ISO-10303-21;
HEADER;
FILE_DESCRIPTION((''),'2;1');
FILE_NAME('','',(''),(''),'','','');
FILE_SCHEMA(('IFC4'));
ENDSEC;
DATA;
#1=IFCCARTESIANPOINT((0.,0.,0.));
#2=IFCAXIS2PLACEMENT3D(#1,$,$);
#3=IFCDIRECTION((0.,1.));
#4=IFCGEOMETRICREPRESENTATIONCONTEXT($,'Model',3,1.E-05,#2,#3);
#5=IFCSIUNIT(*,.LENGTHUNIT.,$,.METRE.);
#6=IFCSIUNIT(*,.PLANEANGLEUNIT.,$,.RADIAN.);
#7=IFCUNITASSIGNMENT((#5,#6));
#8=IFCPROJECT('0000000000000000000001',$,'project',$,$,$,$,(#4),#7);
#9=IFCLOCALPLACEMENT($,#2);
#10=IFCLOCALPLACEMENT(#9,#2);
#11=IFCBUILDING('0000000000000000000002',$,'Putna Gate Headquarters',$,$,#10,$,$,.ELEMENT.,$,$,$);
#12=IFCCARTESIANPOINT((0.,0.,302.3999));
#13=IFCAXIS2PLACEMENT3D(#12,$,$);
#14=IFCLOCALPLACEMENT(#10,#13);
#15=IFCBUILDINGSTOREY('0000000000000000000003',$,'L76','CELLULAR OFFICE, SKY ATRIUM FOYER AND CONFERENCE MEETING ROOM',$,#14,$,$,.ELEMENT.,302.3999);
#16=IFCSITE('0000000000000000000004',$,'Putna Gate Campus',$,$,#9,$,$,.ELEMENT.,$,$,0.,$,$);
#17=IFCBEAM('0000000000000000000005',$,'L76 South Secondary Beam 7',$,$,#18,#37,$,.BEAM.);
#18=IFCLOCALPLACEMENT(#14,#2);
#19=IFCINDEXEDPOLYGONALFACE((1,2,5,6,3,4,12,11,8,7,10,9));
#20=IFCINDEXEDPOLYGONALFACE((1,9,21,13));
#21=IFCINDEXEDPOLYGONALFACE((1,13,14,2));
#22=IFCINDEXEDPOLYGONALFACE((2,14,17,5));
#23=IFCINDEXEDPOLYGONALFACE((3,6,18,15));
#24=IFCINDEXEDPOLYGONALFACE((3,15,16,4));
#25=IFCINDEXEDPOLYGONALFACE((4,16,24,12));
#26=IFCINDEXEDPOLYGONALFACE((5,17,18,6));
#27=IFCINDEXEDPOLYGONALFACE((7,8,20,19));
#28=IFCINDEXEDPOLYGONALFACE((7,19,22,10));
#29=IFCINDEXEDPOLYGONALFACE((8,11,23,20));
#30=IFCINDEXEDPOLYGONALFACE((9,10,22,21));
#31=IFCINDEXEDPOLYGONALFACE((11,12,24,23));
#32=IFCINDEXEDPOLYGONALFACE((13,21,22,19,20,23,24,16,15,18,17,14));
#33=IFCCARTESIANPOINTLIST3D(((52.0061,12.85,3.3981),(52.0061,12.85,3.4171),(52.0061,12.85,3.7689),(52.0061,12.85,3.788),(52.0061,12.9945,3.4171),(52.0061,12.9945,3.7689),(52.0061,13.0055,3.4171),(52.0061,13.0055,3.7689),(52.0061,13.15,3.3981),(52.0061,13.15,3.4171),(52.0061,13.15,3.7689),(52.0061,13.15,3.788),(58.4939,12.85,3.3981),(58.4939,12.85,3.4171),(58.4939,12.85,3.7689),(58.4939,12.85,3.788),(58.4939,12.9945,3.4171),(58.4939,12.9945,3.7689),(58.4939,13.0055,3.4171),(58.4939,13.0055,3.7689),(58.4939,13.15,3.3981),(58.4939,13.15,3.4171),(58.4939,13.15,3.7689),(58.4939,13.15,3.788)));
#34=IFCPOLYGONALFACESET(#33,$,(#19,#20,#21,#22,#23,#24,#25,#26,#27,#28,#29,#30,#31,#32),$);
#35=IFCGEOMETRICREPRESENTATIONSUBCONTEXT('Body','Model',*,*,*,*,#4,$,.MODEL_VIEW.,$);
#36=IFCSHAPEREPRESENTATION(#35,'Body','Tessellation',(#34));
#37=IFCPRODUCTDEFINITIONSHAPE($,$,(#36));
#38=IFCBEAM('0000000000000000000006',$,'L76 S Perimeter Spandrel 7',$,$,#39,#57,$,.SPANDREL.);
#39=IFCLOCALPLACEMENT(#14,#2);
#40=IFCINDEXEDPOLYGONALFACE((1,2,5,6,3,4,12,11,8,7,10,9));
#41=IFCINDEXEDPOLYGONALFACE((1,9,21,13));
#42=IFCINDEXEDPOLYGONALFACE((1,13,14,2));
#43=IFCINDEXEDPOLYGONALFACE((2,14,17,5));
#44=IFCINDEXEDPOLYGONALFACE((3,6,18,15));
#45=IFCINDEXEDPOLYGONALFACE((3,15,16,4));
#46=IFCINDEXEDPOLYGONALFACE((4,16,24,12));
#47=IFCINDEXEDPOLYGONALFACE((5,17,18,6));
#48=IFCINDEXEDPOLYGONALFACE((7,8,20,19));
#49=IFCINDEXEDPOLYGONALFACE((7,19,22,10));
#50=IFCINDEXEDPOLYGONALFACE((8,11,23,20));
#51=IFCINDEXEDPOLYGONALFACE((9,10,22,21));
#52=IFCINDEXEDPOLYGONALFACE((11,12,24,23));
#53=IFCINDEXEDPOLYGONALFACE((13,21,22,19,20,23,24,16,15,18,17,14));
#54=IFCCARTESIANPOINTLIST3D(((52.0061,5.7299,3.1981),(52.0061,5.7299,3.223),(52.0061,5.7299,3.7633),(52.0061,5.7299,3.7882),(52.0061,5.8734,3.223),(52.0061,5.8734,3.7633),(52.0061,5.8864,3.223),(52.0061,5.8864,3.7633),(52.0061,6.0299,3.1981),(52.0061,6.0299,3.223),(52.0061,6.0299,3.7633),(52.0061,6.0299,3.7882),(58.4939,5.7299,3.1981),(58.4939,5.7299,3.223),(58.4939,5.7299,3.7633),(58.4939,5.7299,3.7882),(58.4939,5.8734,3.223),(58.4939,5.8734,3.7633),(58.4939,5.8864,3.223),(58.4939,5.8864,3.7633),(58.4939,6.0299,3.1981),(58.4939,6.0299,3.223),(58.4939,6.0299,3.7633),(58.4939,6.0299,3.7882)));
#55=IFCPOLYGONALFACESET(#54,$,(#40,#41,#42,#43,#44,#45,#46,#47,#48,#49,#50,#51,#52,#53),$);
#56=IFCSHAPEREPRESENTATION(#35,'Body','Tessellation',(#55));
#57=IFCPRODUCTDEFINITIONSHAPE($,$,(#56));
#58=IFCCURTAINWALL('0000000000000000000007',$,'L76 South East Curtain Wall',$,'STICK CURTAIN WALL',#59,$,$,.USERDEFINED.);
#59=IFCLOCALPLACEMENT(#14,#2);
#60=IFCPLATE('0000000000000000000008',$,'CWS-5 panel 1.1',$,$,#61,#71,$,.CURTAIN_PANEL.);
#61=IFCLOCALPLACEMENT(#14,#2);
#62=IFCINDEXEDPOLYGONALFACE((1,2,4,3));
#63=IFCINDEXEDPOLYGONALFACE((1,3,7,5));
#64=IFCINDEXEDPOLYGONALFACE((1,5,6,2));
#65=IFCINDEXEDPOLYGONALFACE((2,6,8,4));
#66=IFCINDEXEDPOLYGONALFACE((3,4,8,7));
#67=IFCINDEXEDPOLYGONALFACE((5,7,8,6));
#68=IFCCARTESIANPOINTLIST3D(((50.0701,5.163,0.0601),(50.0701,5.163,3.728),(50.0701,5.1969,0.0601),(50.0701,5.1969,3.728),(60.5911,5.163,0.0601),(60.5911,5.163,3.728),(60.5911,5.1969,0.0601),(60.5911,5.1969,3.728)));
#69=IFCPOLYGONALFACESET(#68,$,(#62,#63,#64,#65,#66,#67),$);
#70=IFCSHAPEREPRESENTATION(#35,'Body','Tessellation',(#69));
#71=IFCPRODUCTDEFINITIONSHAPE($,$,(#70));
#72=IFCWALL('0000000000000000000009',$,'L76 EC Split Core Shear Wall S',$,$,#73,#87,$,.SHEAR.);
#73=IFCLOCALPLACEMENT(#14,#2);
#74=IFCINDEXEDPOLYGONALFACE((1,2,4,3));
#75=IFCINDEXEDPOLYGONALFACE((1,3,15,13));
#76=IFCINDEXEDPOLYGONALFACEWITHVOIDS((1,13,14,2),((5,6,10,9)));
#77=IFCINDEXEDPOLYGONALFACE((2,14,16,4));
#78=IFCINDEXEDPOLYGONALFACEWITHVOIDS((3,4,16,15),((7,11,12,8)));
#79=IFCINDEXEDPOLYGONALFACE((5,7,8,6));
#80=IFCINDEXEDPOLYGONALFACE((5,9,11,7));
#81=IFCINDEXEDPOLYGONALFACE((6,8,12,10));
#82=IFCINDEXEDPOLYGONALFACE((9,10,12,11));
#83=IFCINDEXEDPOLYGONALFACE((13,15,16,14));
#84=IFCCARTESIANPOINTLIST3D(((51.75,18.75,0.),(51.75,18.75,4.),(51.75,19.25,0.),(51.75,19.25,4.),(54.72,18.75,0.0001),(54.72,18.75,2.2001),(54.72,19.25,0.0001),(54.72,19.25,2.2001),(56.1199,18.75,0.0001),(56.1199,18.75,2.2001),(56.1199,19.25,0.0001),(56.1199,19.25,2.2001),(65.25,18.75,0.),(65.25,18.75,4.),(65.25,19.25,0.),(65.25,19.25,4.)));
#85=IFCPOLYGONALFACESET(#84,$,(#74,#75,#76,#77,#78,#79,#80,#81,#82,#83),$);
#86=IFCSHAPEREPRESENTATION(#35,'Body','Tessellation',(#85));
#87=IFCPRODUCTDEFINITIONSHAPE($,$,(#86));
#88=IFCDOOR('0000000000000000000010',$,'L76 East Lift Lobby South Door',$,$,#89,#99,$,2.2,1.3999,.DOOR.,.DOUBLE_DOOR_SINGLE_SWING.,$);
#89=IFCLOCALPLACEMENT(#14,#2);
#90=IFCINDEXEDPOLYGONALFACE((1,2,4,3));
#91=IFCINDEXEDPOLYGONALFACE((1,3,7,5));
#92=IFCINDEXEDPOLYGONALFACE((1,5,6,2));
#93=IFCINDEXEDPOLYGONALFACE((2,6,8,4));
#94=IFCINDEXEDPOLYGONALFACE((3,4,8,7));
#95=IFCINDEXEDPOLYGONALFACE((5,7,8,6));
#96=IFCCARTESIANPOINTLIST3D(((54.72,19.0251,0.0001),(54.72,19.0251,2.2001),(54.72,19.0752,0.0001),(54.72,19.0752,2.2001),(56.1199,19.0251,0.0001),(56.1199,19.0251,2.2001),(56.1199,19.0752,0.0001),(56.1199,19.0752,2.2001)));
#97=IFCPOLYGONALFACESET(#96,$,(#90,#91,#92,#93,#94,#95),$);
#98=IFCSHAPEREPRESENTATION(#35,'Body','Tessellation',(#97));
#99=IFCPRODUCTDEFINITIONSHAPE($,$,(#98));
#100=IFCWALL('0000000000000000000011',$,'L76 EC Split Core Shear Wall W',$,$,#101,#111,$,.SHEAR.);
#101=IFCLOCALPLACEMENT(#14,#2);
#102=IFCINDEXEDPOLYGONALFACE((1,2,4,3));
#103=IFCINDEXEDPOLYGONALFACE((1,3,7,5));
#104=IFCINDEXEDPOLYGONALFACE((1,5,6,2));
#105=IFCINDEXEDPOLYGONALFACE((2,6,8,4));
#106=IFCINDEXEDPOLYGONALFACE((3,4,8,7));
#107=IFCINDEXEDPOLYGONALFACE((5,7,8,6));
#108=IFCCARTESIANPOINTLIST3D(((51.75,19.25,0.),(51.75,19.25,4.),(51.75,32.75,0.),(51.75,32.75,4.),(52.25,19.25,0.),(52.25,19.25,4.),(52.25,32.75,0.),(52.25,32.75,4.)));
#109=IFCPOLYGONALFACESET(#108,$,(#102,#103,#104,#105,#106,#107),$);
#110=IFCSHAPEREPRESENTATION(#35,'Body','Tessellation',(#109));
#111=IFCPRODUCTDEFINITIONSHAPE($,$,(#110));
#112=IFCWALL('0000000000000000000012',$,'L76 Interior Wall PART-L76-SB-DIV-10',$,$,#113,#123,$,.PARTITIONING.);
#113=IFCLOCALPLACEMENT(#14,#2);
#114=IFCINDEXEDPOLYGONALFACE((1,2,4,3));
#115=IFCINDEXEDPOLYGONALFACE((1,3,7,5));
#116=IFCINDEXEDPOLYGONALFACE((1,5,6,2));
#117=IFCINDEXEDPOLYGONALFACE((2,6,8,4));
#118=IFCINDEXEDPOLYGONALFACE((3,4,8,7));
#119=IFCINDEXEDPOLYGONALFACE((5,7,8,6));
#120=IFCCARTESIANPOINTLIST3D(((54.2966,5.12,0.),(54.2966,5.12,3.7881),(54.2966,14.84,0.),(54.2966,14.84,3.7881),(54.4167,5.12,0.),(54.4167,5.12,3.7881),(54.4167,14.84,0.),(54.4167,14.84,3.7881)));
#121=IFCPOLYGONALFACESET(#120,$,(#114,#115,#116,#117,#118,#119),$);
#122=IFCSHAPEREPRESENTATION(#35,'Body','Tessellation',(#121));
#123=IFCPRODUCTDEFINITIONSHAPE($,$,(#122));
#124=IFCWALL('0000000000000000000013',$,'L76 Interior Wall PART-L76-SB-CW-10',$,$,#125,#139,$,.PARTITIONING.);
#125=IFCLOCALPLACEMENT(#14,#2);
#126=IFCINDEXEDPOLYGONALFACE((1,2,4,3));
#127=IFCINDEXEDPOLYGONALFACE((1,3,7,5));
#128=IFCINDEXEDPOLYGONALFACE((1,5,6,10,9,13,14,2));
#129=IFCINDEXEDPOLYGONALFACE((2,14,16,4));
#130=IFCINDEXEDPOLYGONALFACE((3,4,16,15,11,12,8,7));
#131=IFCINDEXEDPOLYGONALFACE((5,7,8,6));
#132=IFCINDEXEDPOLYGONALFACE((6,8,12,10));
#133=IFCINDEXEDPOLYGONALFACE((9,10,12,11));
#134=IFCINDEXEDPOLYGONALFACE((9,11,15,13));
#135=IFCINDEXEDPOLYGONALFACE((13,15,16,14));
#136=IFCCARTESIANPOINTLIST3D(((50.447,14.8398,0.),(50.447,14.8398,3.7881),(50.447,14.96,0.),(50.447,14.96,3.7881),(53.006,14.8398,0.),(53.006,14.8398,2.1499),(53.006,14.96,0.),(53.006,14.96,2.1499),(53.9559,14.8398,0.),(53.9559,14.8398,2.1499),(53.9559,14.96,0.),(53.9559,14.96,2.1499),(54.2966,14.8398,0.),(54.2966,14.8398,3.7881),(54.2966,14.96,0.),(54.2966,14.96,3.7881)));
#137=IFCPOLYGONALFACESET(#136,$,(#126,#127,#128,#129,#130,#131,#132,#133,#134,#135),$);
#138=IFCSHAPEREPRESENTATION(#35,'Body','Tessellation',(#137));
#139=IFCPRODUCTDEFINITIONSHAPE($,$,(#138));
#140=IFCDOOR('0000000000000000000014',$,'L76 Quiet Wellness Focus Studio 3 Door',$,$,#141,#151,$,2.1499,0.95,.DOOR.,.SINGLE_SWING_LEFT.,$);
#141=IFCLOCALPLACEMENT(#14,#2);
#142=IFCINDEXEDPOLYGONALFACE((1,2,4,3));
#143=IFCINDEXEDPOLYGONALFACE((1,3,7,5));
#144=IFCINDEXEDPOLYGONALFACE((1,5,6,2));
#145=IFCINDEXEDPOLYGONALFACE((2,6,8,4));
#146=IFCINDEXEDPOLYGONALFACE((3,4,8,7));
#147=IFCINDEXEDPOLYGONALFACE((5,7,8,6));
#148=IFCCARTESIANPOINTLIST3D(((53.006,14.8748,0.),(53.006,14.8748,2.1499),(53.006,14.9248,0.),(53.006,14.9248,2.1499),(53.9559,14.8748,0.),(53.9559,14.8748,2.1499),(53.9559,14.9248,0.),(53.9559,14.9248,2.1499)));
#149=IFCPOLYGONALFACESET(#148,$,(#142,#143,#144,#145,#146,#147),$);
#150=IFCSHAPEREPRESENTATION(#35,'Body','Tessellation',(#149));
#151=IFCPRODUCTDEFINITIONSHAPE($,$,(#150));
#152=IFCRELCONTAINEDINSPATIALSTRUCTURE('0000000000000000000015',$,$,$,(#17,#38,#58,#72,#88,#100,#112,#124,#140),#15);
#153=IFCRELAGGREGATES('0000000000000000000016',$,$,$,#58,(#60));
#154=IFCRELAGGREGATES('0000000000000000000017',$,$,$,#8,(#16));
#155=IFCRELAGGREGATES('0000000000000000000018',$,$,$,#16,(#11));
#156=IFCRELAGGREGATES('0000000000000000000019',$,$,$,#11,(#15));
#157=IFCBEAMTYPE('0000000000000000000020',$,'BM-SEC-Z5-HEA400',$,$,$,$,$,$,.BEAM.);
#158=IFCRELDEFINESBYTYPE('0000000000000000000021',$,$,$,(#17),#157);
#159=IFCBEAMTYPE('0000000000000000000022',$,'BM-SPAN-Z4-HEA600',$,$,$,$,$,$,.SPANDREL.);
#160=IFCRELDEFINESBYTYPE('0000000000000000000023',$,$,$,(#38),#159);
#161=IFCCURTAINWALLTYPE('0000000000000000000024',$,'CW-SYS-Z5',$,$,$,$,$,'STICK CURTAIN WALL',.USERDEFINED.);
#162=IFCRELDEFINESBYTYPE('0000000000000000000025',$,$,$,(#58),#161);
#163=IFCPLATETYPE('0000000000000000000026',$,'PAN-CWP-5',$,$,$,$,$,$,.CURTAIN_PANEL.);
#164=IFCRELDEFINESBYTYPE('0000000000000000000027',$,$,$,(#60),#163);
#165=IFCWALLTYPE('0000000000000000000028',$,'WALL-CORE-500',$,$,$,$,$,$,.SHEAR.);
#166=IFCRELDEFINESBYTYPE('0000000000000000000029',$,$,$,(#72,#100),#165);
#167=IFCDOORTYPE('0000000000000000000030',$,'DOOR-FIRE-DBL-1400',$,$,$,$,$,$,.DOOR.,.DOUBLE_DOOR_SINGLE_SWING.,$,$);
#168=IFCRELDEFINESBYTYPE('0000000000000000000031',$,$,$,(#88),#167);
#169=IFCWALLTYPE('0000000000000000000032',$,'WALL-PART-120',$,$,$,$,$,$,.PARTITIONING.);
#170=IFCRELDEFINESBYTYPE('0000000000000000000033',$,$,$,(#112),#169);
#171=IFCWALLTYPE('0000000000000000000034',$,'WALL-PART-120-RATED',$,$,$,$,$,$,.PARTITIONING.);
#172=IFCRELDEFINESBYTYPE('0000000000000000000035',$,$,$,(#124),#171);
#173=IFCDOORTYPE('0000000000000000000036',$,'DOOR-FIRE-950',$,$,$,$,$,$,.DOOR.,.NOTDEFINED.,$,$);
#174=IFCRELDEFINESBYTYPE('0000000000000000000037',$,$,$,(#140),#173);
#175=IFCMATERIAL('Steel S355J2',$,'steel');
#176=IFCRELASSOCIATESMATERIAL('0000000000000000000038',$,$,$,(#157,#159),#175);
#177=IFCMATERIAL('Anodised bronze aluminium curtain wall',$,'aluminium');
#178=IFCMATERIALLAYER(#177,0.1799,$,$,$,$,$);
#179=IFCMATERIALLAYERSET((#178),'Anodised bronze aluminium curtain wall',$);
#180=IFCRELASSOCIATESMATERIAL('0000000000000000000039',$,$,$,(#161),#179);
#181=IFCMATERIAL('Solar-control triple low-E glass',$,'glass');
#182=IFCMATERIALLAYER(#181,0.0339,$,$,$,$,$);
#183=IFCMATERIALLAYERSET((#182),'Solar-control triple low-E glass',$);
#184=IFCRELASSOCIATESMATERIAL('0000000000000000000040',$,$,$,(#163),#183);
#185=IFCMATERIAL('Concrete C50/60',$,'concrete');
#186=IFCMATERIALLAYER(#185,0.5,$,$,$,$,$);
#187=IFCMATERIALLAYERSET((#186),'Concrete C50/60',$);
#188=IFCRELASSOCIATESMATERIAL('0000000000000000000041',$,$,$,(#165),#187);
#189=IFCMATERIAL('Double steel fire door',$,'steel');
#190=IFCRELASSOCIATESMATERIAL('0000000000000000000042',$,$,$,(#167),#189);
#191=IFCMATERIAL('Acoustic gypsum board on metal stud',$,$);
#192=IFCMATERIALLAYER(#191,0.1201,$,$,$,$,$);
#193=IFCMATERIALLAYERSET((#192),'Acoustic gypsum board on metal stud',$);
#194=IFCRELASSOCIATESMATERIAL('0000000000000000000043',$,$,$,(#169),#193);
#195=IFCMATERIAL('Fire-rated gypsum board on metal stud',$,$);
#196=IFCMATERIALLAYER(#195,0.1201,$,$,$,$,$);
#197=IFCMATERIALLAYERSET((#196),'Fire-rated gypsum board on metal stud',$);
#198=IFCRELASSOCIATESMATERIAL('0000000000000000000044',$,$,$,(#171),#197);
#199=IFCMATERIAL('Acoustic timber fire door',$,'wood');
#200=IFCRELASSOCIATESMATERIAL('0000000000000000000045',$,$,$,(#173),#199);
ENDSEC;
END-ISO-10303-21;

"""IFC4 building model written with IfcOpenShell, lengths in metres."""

from ifc_helpers import new_model, si_unit, direction, frame, frame_2d, origin, origin_2d, place, context, subcontext, project, spatial, rectangle, i_section, extrude, material, layer, layer_set, material_profile, profile_set, type_object, element, fill, aggregate, save


model = new_model("IFC4")

# Units and contexts
model_context = context("Model", 3, precision=1e-05, world=origin(), true_north=direction((0.0, 1.0)))
body_context = subcontext(model_context, "Body", "Model", "MODEL_VIEW")
ifc_project = project(units=[si_unit("LENGTHUNIT", "METRE"), si_unit("PLANEANGLEUNIT", "RADIAN")], contexts=[model_context])

# Site, building, storey
site_placement = place(None, origin())
site = spatial("IfcSite", under=ifc_project, at=site_placement, Name="Putna Gate Campus", CompositionType="ELEMENT", RefElevation=0.0)
building_placement = place(site_placement, origin())
building = spatial("IfcBuilding", under=site, at=building_placement, Name="Putna Gate Headquarters", CompositionType="ELEMENT")
storey_placement = place(building_placement, frame((0.0, 0.0, 302.3999)))
storey = spatial("IfcBuildingStorey", under=building, at=storey_placement, Name="L76", Description="CELLULAR OFFICE, SKY ATRIUM FOYER AND CONFERENCE MEETING ROOM", CompositionType="ELEMENT", Elevation=302.3999)

# Beams
ifc_material_1 = material(Name="Steel S355J2", Category="steel")
ifc_material_profile_1 = material_profile(ifc_material_1, i_section(OverallWidth=0.3, OverallDepth=0.3899, WebThickness=0.011, FlangeThickness=0.019, at=origin_2d()), Name="Steel S355J2")
ifc_profile_set_1 = profile_set([ifc_material_profile_1], Name="Steel S355J2")
beam_type_1 = type_object("IfcBeamType", Name="BM-SEC-Z5-HEA400", PredefinedType="BEAM", material=ifc_profile_set_1)
beam_1_placement = place(storey_placement, frame((52.0061, 13.0, 3.593), z_axis=(1.0, 0.0, 0.0), x_axis=(0.0, 1.0, 0.0)))
element("IfcBeam", 1, at=beam_1_placement, inside=storey, type_object=beam_type_1, Name="L76 South Secondary Beam 7", PredefinedType="BEAM", context=body_context, shape_type="SweptSolid", body=[
    extrude(i_section(OverallWidth=0.3, OverallDepth=0.3899, WebThickness=0.011, FlangeThickness=0.019, at=origin_2d()), origin(), (0.0, 0.0, 1.0), 6.4878),
])
ifc_material_profile_2 = material_profile(ifc_material_1, i_section(OverallWidth=0.3, OverallDepth=0.5901, WebThickness=0.0129, FlangeThickness=0.0249, at=origin_2d()), Name="Steel S355J2")
ifc_profile_set_2 = profile_set([ifc_material_profile_2], Name="Steel S355J2")
beam_type_2 = type_object("IfcBeamType", Name="BM-SPAN-Z4-HEA600", PredefinedType="SPANDREL", material=ifc_profile_set_2)
beam_2_placement = place(storey_placement, frame((52.0061, 5.8799, 3.4932), z_axis=(1.0, 0.0, 0.0), x_axis=(0.0, 1.0, 0.0)))
element("IfcBeam", 2, at=beam_2_placement, inside=storey, type_object=beam_type_2, Name="L76 S Perimeter Spandrel 7", PredefinedType="SPANDREL", context=body_context, shape_type="SweptSolid", body=[
    extrude(i_section(OverallWidth=0.3, OverallDepth=0.5901, WebThickness=0.0129, FlangeThickness=0.0249, at=origin_2d()), origin(), (0.0, 0.0, 1.0), 6.4878),
])

# Curtain wall, plate
ifc_material_2 = material(Name="Anodised bronze aluminium curtain wall", Category="aluminium")
ifc_layer_1 = layer(ifc_material_2, 0.1799)
ifc_layer_set_1 = layer_set([ifc_layer_1], Name="Anodised bronze aluminium curtain wall")
curtain_wall_type = type_object("IfcCurtainWallType", Name="CW-SYS-Z5", ElementType="STICK CURTAIN WALL", PredefinedType="USERDEFINED", material=ifc_layer_set_1)
curtain_wall_placement = place(storey_placement, origin())
curtain_wall = element("IfcCurtainWall", 3, at=curtain_wall_placement, inside=storey, type_object=curtain_wall_type, Name="L76 South East Curtain Wall", ObjectType="STICK CURTAIN WALL", PredefinedType="USERDEFINED")
ifc_material_3 = material(Name="Solar-control triple low-E glass", Category="glass")
ifc_layer_2 = layer(ifc_material_3, 0.0339)
ifc_layer_set_2 = layer_set([ifc_layer_2], Name="Solar-control triple low-E glass")
plate_type = type_object("IfcPlateType", Name="PAN-CWP-5", PredefinedType="CURTAIN_PANEL", material=ifc_layer_set_2)
plate_placement = place(storey_placement, frame((55.3306, 5.1799, 0.0601), z_axis=(0.0, 0.0, 1.0), x_axis=(1.0, 0.0, 0.0)))
plate = element("IfcPlate", 4, at=plate_placement, type_object=plate_type, Name="CWS-5 panel 1.1", PredefinedType="CURTAIN_PANEL", context=body_context, shape_type="SweptSolid", body=[
    extrude(rectangle(XDim=10.521, YDim=0.0339, at=origin_2d()), origin(), (0.0, 0.0, 1.0), 3.668),
])
aggregate(curtain_wall, [plate])

# Wall, opening, door
ifc_material_4 = material(Name="Concrete C50/60", Category="concrete")
ifc_layer_3 = layer(ifc_material_4, 0.5)
ifc_layer_set_3 = layer_set([ifc_layer_3], Name="Concrete C50/60")
wall_type_1 = type_object("IfcWallType", Name="WALL-CORE-500", PredefinedType="SHEAR", material=ifc_layer_set_3)
wall_1_placement = place(storey_placement, frame((51.75, 19.0, 0.0), z_axis=(0.0, 0.0, 1.0), x_axis=(1.0, 0.0, 0.0)))
wall_1 = element("IfcWall", 5, at=wall_1_placement, inside=storey, type_object=wall_type_1, Name="L76 EC Split Core Shear Wall S", PredefinedType="SHEAR", context=body_context, shape_type="SweptSolid", body=[
    extrude(rectangle(XDim=13.5, YDim=0.5, at=frame_2d((6.75, 0.0))), origin(), (0.0, 0.0, 1.0), 4.0),
])
opening_1_placement = place(wall_1_placement, frame((2.97, 0.0, 0.0)))
opening_1 = element("IfcOpeningElement", 6, at=opening_1_placement, cuts=wall_1, PredefinedType="OPENING", context=body_context, shape_type="SweptSolid", body=[
    extrude(rectangle(XDim=1.3999, YDim=2.2, at=frame_2d((0.7, 1.1001))), frame((0.0, 0.26, 0.0), z_axis=(0.0, -1.0, 0.0), x_axis=(1.0, 0.0, 0.0)), (0.0, 0.0, 1.0), 0.52),
])
ifc_material_5 = material(Name="Double steel fire door", Category="steel")
door_type_1 = type_object("IfcDoorType", Name="DOOR-FIRE-DBL-1400", OperationType="DOUBLE_DOOR_SINGLE_SWING", PredefinedType="DOOR", material=ifc_material_5)
door_1_placement = place(opening_1_placement, origin())
door_1 = element("IfcDoor", 7, at=door_1_placement, inside=storey, type_object=door_type_1, Name="L76 East Lift Lobby South Door", OperationType="DOUBLE_DOOR_SINGLE_SWING", OverallHeight=2.2, OverallWidth=1.3999, PredefinedType="DOOR", context=body_context, shape_type="SweptSolid", body=[
    extrude(rectangle(XDim=1.3999, YDim=2.2, at=frame_2d((0.7, 1.1001))), frame((0.0, 0.0752, 0.0), z_axis=(0.0, -1.0, 0.0), x_axis=(1.0, 0.0, 0.0)), (0.0, 0.0, 1.0), 0.05),
])
fill(opening_1, door_1)

# Walls
wall_2_placement = place(storey_placement, frame((52.0, 19.25, 0.0), z_axis=(0.0, 0.0, 1.0), x_axis=(0.0, 1.0, 0.0)))
element("IfcWall", 8, at=wall_2_placement, inside=storey, type_object=wall_type_1, Name="L76 EC Split Core Shear Wall W", PredefinedType="SHEAR", context=body_context, shape_type="SweptSolid", body=[
    extrude(rectangle(XDim=13.5, YDim=0.5, at=frame_2d((6.75, 0.0))), origin(), (0.0, 0.0, 1.0), 4.0),
])
ifc_material_6 = material(Name="Acoustic gypsum board on metal stud")
ifc_layer_4 = layer(ifc_material_6, 0.1201)
ifc_layer_set_4 = layer_set([ifc_layer_4], Name="Acoustic gypsum board on metal stud")
wall_type_2 = type_object("IfcWallType", Name="WALL-PART-120", PredefinedType="PARTITIONING", material=ifc_layer_set_4)
wall_3_placement = place(storey_placement, frame((54.3567, 5.1201, 0.0), z_axis=(0.0, 0.0, 1.0), x_axis=(0.0, 1.0, 0.0)))
element("IfcWall", 9, at=wall_3_placement, inside=storey, type_object=wall_type_2, Name="L76 Interior Wall PART-L76-SB-DIV-10", PredefinedType="PARTITIONING", context=body_context, shape_type="SweptSolid", body=[
    extrude(rectangle(XDim=9.72, YDim=0.1201, at=frame_2d((4.8599, 0.0))), origin(), (0.0, 0.0, 1.0), 3.7881),
])

# Wall, opening, door
ifc_material_7 = material(Name="Fire-rated gypsum board on metal stud")
ifc_layer_5 = layer(ifc_material_7, 0.1201)
ifc_layer_set_5 = layer_set([ifc_layer_5], Name="Fire-rated gypsum board on metal stud")
wall_type_3 = type_object("IfcWallType", Name="WALL-PART-120-RATED", PredefinedType="PARTITIONING", material=ifc_layer_set_5)
wall_4_placement = place(storey_placement, frame((50.447, 14.8999, 0.0), z_axis=(0.0, 0.0, 1.0), x_axis=(1.0, 0.0, 0.0)))
wall_4 = element("IfcWall", 10, at=wall_4_placement, inside=storey, type_object=wall_type_3, Name="L76 Interior Wall PART-L76-SB-CW-10", PredefinedType="PARTITIONING", context=body_context, shape_type="SweptSolid", body=[
    extrude(rectangle(XDim=3.8496, YDim=0.1201, at=frame_2d((1.9248, 0.0))), origin(), (0.0, 0.0, 1.0), 3.7881),
])
opening_2_placement = place(wall_4_placement, frame((2.5588, 0.0, 0.0)))
opening_2 = element("IfcOpeningElement", 11, at=opening_2_placement, cuts=wall_4, PredefinedType="OPENING", context=body_context, shape_type="SweptSolid", body=[
    extrude(rectangle(XDim=0.95, YDim=2.1499, at=frame_2d((0.4751, 1.075))), frame((0.0, 0.0701, 0.0), z_axis=(0.0, -1.0, 0.0), x_axis=(1.0, 0.0, 0.0)), (0.0, 0.0, 1.0), 0.1401),
])
ifc_material_8 = material(Name="Acoustic timber fire door", Category="wood")
door_type_2 = type_object("IfcDoorType", Name="DOOR-FIRE-950", OperationType="NOTDEFINED", PredefinedType="DOOR", material=ifc_material_8)
door_2_placement = place(opening_2_placement, origin())
door_2 = element("IfcDoor", 12, at=door_2_placement, inside=storey, type_object=door_type_2, Name="L76 Quiet Wellness Focus Studio 3 Door", OperationType="SINGLE_SWING_LEFT", OverallHeight=2.1499, OverallWidth=0.95, PredefinedType="DOOR", context=body_context, shape_type="SweptSolid", body=[
    extrude(rectangle(XDim=0.95, YDim=2.1499, at=frame_2d((0.4751, 1.075))), frame((0.0, 0.0249, 0.0), z_axis=(0.0, -1.0, 0.0), x_axis=(1.0, 0.0, 0.0)), (0.0, 0.0, 1.0), 0.05),
])
fill(opening_2, door_2)

save(model, "model.ifc")
